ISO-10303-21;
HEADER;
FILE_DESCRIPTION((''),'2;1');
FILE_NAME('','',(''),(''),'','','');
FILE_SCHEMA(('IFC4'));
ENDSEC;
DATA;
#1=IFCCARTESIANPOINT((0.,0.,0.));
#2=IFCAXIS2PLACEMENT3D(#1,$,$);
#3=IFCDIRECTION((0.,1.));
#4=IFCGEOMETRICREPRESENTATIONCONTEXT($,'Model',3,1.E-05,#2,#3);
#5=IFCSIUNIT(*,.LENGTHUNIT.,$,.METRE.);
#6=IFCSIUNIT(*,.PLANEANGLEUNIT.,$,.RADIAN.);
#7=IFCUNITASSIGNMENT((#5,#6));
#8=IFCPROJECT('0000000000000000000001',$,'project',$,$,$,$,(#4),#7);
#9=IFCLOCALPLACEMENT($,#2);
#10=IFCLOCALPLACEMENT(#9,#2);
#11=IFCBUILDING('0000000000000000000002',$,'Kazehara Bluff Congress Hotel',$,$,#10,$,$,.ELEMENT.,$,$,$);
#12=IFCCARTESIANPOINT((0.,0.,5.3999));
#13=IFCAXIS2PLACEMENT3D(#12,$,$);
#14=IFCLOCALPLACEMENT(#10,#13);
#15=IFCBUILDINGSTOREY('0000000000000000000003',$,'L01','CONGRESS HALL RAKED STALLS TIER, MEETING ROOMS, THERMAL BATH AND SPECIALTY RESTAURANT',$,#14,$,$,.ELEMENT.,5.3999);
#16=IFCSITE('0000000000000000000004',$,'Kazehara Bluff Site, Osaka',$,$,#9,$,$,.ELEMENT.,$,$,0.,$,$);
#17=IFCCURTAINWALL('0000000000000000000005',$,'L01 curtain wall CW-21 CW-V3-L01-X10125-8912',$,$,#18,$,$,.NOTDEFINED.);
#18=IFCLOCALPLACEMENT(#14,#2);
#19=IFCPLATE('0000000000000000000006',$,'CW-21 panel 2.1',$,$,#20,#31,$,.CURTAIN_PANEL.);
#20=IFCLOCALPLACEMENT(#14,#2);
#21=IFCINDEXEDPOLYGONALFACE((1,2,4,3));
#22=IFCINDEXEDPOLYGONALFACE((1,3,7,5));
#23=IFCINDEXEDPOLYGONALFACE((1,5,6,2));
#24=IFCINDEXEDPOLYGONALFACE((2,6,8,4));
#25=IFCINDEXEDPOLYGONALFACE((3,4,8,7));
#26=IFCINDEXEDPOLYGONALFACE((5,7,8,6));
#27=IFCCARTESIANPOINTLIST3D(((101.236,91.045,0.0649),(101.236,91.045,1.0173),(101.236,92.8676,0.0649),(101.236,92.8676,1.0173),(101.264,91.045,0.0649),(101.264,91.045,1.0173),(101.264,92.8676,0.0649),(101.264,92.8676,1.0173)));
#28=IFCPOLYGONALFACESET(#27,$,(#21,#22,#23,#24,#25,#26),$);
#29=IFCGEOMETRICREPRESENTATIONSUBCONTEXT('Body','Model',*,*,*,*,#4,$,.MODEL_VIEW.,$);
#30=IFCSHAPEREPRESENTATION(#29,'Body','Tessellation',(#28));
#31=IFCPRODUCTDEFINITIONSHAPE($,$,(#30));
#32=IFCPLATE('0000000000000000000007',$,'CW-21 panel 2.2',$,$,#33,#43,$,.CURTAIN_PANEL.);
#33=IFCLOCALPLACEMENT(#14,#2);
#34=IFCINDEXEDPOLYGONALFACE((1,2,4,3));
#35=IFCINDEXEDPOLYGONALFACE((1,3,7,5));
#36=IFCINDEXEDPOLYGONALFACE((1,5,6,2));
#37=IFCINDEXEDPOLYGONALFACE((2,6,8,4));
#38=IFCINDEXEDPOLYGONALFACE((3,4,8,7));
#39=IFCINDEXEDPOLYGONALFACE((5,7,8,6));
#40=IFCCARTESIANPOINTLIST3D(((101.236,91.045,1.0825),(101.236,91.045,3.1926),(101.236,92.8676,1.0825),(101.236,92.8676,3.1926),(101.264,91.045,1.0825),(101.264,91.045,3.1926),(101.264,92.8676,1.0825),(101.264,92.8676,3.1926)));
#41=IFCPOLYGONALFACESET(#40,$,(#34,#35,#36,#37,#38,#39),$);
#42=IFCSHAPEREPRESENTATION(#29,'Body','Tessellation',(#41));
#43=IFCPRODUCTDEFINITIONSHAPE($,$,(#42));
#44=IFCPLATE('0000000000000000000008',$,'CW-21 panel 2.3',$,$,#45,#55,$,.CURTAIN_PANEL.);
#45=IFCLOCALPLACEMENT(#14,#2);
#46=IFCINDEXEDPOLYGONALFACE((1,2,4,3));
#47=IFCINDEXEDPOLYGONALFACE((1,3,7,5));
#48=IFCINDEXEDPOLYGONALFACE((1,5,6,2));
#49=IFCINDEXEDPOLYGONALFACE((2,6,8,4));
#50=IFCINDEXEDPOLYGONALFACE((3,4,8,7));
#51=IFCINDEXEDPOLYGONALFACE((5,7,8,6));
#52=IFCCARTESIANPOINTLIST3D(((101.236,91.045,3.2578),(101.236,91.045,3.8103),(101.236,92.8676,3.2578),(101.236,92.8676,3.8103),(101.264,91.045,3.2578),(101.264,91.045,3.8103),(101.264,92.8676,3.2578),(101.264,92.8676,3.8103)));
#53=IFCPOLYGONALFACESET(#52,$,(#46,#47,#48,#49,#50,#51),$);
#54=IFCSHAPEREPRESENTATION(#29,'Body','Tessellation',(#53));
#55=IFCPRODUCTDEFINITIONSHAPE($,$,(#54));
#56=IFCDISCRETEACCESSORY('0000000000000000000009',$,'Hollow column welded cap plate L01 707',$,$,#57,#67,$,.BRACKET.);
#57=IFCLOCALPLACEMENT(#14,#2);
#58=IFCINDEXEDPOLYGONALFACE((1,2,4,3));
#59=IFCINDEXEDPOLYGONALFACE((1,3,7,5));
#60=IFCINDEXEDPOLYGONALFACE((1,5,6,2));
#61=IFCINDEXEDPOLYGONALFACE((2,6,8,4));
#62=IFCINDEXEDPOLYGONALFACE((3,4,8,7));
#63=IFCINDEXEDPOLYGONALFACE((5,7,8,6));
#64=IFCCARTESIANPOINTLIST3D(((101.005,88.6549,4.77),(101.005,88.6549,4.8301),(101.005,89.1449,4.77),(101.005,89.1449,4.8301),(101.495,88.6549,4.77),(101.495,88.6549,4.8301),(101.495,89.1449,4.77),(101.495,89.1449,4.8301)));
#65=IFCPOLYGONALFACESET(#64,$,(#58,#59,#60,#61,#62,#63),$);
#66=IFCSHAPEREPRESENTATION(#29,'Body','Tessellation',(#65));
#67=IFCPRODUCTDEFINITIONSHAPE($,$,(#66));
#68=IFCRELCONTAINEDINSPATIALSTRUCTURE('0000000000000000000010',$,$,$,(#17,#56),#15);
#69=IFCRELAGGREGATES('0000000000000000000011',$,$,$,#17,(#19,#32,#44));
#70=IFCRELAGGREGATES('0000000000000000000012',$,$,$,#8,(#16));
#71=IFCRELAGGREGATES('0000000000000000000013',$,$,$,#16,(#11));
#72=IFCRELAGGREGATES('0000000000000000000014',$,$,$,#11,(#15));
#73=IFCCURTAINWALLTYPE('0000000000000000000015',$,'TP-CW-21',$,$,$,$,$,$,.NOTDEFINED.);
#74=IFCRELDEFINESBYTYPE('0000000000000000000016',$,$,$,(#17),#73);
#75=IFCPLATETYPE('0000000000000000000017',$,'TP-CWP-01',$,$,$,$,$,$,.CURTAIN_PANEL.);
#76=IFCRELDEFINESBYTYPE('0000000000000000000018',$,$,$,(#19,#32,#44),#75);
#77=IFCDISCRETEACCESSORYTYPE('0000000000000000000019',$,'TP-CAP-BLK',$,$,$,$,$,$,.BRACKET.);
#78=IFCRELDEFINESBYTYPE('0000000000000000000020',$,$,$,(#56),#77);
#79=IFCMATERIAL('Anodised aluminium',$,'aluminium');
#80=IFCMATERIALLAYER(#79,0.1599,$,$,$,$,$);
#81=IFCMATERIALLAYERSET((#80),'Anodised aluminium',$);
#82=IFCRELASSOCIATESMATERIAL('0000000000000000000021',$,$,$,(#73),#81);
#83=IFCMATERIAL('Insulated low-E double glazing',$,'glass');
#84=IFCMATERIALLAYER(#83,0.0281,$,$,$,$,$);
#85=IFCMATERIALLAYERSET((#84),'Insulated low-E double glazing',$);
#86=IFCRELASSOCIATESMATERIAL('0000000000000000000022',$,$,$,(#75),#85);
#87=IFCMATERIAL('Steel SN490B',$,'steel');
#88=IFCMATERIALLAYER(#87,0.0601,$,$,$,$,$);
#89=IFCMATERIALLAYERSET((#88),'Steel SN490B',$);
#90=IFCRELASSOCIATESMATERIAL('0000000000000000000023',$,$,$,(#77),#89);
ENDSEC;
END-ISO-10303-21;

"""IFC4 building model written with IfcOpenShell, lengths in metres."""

from ifc_helpers import new_model, si_unit, direction, frame, origin, origin_2d, place, context, subcontext, project, spatial, rectangle, extrude, material, layer, layer_set, type_object, element, aggregate, save


model = new_model("IFC4")

# Units and contexts
model_context = context("Model", 3, precision=1e-05, world=origin(), true_north=direction((0.0, 1.0)))
body_context = subcontext(model_context, "Body", "Model", "MODEL_VIEW")
ifc_project = project(units=[si_unit("LENGTHUNIT", "METRE"), si_unit("PLANEANGLEUNIT", "RADIAN")], contexts=[model_context])

# Site, building, storey
site_placement = place(None, origin())
site = spatial("IfcSite", under=ifc_project, at=site_placement, Name="Kazehara Bluff Site, Osaka", CompositionType="ELEMENT", RefElevation=0.0)
building_placement = place(site_placement, origin())
building = spatial("IfcBuilding", under=site, at=building_placement, Name="Kazehara Bluff Congress Hotel", CompositionType="ELEMENT")
storey_placement = place(building_placement, frame((0.0, 0.0, 5.3999)))
storey = spatial("IfcBuildingStorey", under=building, at=storey_placement, Name="L01", Description="CONGRESS HALL RAKED STALLS TIER, MEETING ROOMS, THERMAL BATH AND SPECIALTY RESTAURANT", CompositionType="ELEMENT", Elevation=5.3999)

# Curtain wall
ifc_material_1 = material(Name="Anodised aluminium", Category="aluminium")
ifc_layer_1 = layer(ifc_material_1, 0.1599)
ifc_layer_set_1 = layer_set([ifc_layer_1], Name="Anodised aluminium")
curtain_wall_type = type_object("IfcCurtainWallType", Name="TP-CW-21", PredefinedType="NOTDEFINED", material=ifc_layer_set_1)
curtain_wall_1_placement = place(storey_placement, origin())
curtain_wall_1 = element("IfcCurtainWall", 1, at=curtain_wall_1_placement, inside=storey, type_object=curtain_wall_type, Name="L01 curtain wall CW-21 CW-V3-L01-X10125-8912", PredefinedType="NOTDEFINED")

# Plates
ifc_material_2 = material(Name="Insulated low-E double glazing", Category="glass")
ifc_layer_2 = layer(ifc_material_2, 0.0281)
ifc_layer_set_2 = layer_set([ifc_layer_2], Name="Insulated low-E double glazing")
plate_type = type_object("IfcPlateType", Name="TP-CWP-01", PredefinedType="CURTAIN_PANEL", material=ifc_layer_set_2)
plate_1_placement = place(storey_placement, frame((101.25, 91.9563, 0.0649), z_axis=(0.0, 0.0, 1.0), x_axis=(0.0, 1.0, 0.0)))
plate_1 = element("IfcPlate", 2, at=plate_1_placement, type_object=plate_type, Name="CW-21 panel 2.1", PredefinedType="CURTAIN_PANEL", context=body_context, shape_type="SweptSolid", body=[
    extrude(rectangle(XDim=1.8225, YDim=0.0281, at=origin_2d()), origin(), (0.0, 0.0, 1.0), 0.9524),
])
plate_2_placement = place(storey_placement, frame((101.25, 91.9563, 1.0825), z_axis=(0.0, 0.0, 1.0), x_axis=(0.0, 1.0, 0.0)))
plate_2 = element("IfcPlate", 3, at=plate_2_placement, type_object=plate_type, Name="CW-21 panel 2.2", PredefinedType="CURTAIN_PANEL", context=body_context, shape_type="SweptSolid", body=[
    extrude(rectangle(XDim=1.8225, YDim=0.0281, at=origin_2d()), origin(), (0.0, 0.0, 1.0), 2.1101),
])
plate_3_placement = place(storey_placement, frame((101.25, 91.9563, 3.2578), z_axis=(0.0, 0.0, 1.0), x_axis=(0.0, 1.0, 0.0)))
plate_3 = element("IfcPlate", 4, at=plate_3_placement, type_object=plate_type, Name="CW-21 panel 2.3", PredefinedType="CURTAIN_PANEL", context=body_context, shape_type="SweptSolid", body=[
    extrude(rectangle(XDim=1.8225, YDim=0.0281, at=origin_2d()), origin(), (0.0, 0.0, 1.0), 0.5525),
])
aggregate(curtain_wall_1, [plate_1, plate_2, plate_3])

# Discrete accessory
ifc_material_3 = material(Name="Steel SN490B", Category="steel")
ifc_layer_3 = layer(ifc_material_3, 0.0601)
ifc_layer_set_3 = layer_set([ifc_layer_3], Name="Steel SN490B")
discrete_accessory_type = type_object("IfcDiscreteAccessoryType", Name="TP-CAP-BLK", PredefinedType="BRACKET", material=ifc_layer_set_3)
discrete_accessory_placement = place(storey_placement, frame((101.25, 88.8999, 4.77), z_axis=(0.0, 0.0, 1.0), x_axis=(1.0, 0.0, 0.0)))
element("IfcDiscreteAccessory", 5, at=discrete_accessory_placement, inside=storey, type_object=discrete_accessory_type, Name="Hollow column welded cap plate L01 707", PredefinedType="BRACKET", context=body_context, shape_type="SweptSolid", body=[
    extrude(rectangle(XDim=0.49, YDim=0.49, at=origin_2d()), origin(), (0.0, 0.0, 1.0), 0.0601),
])

save(model, "model.ifc")
